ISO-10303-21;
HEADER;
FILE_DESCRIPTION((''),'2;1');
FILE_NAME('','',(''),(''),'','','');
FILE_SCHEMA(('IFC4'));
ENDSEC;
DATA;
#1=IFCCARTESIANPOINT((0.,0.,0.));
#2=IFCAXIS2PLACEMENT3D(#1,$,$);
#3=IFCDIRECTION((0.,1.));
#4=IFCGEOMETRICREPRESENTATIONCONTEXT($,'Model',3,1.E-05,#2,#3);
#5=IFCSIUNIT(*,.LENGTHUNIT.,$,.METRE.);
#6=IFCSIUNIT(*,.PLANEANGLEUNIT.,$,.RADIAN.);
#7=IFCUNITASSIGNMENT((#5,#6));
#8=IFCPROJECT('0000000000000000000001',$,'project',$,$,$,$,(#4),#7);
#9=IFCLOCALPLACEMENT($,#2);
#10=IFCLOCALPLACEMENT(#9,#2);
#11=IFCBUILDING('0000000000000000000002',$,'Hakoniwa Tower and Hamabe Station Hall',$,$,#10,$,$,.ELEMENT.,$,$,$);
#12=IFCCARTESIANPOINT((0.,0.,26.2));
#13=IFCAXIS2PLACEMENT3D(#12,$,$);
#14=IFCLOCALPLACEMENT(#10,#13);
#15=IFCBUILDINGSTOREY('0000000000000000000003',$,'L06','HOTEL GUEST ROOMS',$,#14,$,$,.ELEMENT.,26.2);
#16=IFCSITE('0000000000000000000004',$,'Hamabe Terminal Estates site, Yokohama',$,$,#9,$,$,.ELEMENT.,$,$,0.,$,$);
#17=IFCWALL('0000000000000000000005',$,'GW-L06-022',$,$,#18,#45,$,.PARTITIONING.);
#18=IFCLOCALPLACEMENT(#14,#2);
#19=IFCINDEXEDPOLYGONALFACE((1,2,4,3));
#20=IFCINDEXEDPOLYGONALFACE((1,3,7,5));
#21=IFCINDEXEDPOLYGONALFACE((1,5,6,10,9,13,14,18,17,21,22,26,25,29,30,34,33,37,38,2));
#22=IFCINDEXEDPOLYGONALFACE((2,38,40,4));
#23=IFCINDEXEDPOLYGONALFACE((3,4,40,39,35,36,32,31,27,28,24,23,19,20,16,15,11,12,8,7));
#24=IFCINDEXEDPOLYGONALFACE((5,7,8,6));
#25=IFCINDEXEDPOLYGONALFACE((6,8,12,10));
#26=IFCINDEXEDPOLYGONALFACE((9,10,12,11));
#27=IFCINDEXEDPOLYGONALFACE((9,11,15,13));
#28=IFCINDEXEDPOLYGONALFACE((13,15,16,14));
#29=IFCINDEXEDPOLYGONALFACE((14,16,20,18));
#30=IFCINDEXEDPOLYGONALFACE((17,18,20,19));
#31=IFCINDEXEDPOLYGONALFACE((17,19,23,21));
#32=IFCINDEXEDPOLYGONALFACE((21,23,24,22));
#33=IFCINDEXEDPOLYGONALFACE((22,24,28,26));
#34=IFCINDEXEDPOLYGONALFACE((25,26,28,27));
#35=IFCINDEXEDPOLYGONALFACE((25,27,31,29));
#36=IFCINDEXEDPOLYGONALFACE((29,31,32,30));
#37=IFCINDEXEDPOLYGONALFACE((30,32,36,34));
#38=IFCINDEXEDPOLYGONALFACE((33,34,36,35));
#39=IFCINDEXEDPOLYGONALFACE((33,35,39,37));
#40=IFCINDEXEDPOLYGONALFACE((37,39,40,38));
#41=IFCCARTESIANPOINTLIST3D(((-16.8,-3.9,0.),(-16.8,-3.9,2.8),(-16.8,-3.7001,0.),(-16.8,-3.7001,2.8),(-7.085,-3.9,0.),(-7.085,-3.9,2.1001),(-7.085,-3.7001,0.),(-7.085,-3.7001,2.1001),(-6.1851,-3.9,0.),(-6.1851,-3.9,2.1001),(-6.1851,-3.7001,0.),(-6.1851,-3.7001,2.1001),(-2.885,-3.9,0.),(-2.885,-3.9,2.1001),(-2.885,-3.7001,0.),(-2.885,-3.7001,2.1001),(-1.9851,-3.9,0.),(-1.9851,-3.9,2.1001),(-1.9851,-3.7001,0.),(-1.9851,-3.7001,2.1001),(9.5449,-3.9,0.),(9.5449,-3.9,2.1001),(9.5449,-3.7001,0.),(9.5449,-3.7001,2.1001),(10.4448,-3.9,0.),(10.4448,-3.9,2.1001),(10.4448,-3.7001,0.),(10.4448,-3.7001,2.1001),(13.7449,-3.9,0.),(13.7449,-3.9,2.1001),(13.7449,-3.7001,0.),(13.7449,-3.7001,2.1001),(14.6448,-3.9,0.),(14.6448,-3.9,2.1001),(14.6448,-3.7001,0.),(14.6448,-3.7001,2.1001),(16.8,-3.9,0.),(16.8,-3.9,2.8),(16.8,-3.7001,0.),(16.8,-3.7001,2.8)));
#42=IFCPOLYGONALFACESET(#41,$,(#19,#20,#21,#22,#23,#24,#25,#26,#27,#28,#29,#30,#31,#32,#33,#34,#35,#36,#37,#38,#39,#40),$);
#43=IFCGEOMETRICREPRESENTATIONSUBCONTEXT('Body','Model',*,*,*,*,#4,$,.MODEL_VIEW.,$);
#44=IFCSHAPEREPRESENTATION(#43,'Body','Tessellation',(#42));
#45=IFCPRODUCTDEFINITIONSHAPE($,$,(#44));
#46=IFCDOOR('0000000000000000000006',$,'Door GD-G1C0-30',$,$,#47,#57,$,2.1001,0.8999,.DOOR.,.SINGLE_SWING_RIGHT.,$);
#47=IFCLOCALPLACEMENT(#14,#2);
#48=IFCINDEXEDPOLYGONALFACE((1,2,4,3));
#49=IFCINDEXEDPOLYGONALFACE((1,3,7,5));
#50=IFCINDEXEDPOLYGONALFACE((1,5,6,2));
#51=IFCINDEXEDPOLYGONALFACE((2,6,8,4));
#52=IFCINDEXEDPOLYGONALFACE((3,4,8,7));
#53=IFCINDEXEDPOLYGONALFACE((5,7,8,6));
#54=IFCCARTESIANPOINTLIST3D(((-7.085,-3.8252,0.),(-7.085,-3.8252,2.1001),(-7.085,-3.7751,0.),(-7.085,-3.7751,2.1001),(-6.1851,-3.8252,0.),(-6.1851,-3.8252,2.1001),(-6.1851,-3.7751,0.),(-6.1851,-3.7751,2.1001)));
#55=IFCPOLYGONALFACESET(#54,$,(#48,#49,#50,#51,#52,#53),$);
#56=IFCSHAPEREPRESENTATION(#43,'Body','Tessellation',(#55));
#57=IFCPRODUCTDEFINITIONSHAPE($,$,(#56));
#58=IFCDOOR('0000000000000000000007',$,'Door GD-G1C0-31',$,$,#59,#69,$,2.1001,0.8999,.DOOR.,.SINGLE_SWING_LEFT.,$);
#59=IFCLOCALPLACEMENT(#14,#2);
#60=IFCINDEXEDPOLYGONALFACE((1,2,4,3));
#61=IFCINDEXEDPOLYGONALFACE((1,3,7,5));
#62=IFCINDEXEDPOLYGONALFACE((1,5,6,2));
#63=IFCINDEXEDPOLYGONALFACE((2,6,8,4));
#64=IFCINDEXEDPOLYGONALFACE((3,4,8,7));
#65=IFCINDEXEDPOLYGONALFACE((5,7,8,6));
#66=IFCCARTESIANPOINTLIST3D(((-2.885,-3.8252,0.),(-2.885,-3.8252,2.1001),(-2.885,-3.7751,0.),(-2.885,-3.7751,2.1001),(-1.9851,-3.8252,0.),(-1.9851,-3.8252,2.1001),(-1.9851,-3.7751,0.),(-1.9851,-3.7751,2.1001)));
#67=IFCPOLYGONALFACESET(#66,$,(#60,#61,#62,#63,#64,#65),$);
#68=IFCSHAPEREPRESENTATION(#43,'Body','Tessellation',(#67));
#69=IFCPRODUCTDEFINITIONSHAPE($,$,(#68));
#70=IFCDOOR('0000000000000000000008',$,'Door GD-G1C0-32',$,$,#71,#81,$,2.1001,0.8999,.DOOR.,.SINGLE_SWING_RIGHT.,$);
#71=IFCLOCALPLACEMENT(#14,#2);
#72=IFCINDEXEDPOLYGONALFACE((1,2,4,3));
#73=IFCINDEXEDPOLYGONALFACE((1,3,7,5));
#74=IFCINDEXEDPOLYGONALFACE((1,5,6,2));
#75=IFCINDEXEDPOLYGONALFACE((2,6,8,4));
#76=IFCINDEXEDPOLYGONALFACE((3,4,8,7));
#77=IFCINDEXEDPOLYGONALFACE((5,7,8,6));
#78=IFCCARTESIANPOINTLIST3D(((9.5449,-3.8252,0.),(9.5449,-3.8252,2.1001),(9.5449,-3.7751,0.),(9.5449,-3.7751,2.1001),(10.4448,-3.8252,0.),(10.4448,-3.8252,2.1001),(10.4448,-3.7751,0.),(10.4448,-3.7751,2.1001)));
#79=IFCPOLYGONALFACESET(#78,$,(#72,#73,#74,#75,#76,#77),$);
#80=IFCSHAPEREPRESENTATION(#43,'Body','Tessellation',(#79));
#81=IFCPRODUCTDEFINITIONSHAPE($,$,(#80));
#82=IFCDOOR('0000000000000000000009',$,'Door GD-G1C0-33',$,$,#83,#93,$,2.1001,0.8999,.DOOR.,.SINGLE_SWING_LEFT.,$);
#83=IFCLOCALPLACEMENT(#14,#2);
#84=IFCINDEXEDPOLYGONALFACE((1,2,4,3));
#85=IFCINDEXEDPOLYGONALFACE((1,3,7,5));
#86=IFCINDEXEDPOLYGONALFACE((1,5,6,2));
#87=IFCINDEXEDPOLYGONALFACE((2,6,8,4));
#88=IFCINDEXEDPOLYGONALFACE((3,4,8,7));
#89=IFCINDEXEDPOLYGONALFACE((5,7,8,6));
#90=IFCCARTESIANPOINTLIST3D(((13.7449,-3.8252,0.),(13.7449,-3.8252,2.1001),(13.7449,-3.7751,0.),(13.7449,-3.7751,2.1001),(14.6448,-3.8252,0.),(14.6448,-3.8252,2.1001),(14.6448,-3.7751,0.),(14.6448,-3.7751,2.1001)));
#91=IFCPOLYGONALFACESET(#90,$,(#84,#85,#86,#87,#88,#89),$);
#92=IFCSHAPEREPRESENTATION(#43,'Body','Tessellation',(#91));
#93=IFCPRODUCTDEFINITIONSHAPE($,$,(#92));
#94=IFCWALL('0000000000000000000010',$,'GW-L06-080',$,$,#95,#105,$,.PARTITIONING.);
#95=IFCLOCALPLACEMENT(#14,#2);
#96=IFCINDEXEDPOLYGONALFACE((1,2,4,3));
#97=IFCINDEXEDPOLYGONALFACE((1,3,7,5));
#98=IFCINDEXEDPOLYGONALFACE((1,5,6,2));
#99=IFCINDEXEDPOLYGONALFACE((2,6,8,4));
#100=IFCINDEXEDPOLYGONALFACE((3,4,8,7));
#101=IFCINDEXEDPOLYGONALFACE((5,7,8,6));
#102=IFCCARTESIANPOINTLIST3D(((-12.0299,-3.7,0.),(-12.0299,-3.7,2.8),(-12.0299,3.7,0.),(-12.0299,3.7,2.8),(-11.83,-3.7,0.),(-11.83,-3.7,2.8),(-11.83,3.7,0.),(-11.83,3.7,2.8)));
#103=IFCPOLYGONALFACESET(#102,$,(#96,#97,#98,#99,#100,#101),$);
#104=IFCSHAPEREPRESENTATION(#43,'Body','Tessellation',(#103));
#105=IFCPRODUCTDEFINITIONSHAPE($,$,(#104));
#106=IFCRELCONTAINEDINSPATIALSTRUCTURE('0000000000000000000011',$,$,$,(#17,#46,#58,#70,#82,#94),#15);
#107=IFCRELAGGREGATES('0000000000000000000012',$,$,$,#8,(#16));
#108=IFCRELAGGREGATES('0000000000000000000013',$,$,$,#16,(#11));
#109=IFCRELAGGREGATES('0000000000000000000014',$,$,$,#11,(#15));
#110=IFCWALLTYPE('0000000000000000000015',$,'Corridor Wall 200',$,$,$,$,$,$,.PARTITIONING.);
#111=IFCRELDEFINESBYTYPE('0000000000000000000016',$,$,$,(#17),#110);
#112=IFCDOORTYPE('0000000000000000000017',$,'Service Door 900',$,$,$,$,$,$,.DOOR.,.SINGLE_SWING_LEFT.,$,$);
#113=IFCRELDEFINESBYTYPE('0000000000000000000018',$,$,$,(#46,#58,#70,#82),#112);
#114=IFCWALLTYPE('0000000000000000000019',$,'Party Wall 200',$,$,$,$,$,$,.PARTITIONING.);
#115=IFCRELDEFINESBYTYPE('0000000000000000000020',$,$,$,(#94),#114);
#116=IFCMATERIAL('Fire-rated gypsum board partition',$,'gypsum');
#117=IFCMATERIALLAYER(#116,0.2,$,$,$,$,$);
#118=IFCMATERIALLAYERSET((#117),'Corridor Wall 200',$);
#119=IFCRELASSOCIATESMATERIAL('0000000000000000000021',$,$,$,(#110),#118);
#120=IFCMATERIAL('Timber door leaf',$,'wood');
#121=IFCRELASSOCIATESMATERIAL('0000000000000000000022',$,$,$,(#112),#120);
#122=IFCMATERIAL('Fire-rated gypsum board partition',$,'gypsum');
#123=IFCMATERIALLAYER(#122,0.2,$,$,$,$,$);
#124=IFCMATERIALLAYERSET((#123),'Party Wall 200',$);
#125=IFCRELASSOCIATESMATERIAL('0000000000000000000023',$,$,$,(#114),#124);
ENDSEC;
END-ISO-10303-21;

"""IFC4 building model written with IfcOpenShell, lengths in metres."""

from ifc_helpers import new_model, si_unit, direction, frame, frame_2d, origin, place, context, subcontext, project, spatial, rectangle, extrude, material, layer, layer_set, type_object, element, fill, save


model = new_model("IFC4")

# Units and contexts
model_context = context("Model", 3, precision=1e-05, world=origin(), true_north=direction((0.0, 1.0)))
body_context = subcontext(model_context, "Body", "Model", "MODEL_VIEW")
ifc_project = project(units=[si_unit("LENGTHUNIT", "METRE"), si_unit("PLANEANGLEUNIT", "RADIAN")], contexts=[model_context])

# Site, building, storey
site_placement = place(None, origin())
site = spatial("IfcSite", under=ifc_project, at=site_placement, Name="Hamabe Terminal Estates site, Yokohama", CompositionType="ELEMENT", RefElevation=0.0)
building_placement = place(site_placement, origin())
building = spatial("IfcBuilding", under=site, at=building_placement, Name="Hakoniwa Tower and Hamabe Station Hall", CompositionType="ELEMENT")
storey_placement = place(building_placement, frame((0.0, 0.0, 26.2)))
storey = spatial("IfcBuildingStorey", under=building, at=storey_placement, Name="L06", Description="HOTEL GUEST ROOMS", CompositionType="ELEMENT", Elevation=26.2)

# Wall, openings, doors
ifc_material_1 = material(Name="Fire-rated gypsum board partition", Category="gypsum")
ifc_layer_1 = layer(ifc_material_1, 0.2)
ifc_layer_set_1 = layer_set([ifc_layer_1], Name="Corridor Wall 200")
wall_type_1 = type_object("IfcWallType", Name="Corridor Wall 200", PredefinedType="PARTITIONING", material=ifc_layer_set_1)
ifc_material_2 = material(Name="Timber door leaf", Category="wood")
door_type_1 = type_object("IfcDoorType", Name="Service Door 900", OperationType="SINGLE_SWING_LEFT", PredefinedType="DOOR", material=ifc_material_2)
wall_1_placement = place(storey_placement, frame((-16.8, -3.8, 0.0), z_axis=(0.0, 0.0, 1.0), x_axis=(1.0, 0.0, 0.0)))
wall_1 = element("IfcWall", 1, at=wall_1_placement, inside=storey, type_object=wall_type_1, Name="GW-L06-022", PredefinedType="PARTITIONING", context=body_context, shape_type="SweptSolid", body=[
    extrude(rectangle(XDim=33.6001, YDim=0.2, at=frame_2d((16.8, 0.0))), origin(), (0.0, 0.0, 1.0), 2.8),
])
opening_1_placement = place(wall_1_placement, frame((9.7151, 0.0, 0.0)))
opening_1 = element("IfcOpeningElement", 2, at=opening_1_placement, cuts=wall_1, PredefinedType="OPENING", context=body_context, shape_type="SweptSolid", body=[
    extrude(rectangle(XDim=0.8999, YDim=2.1001, at=frame_2d((0.45, 1.05))), frame((0.0, 0.1099, 0.0), z_axis=(0.0, -1.0, 0.0), x_axis=(1.0, 0.0, 0.0)), (0.0, 0.0, 1.0), 0.22),
])
opening_2_placement = place(wall_1_placement, frame((13.915, 0.0, 0.0)))
opening_2 = element("IfcOpeningElement", 3, at=opening_2_placement, cuts=wall_1, PredefinedType="OPENING", context=body_context, shape_type="SweptSolid", body=[
    extrude(rectangle(XDim=0.8999, YDim=2.1001, at=frame_2d((0.45, 1.05))), frame((0.0, 0.1099, 0.0), z_axis=(0.0, -1.0, 0.0), x_axis=(1.0, 0.0, 0.0)), (0.0, 0.0, 1.0), 0.22),
])
opening_3_placement = place(wall_1_placement, frame((26.345, 0.0, 0.0)))
opening_3 = element("IfcOpeningElement", 4, at=opening_3_placement, cuts=wall_1, PredefinedType="OPENING", context=body_context, shape_type="SweptSolid", body=[
    extrude(rectangle(XDim=0.8999, YDim=2.1001, at=frame_2d((0.45, 1.05))), frame((0.0, 0.1099, 0.0), z_axis=(0.0, -1.0, 0.0), x_axis=(1.0, 0.0, 0.0)), (0.0, 0.0, 1.0), 0.22),
])
opening_4_placement = place(wall_1_placement, frame((30.5449, 0.0, 0.0)))
opening_4 = element("IfcOpeningElement", 5, at=opening_4_placement, cuts=wall_1, PredefinedType="OPENING", context=body_context, shape_type="SweptSolid", body=[
    extrude(rectangle(XDim=0.8999, YDim=2.1001, at=frame_2d((0.45, 1.05))), frame((0.0, 0.1099, 0.0), z_axis=(0.0, -1.0, 0.0), x_axis=(1.0, 0.0, 0.0)), (0.0, 0.0, 1.0), 0.22),
])
door_1_placement = place(opening_1_placement, origin())
door_1 = element("IfcDoor", 6, at=door_1_placement, inside=storey, type_object=door_type_1, Name="Door GD-G1C0-30", OperationType="SINGLE_SWING_RIGHT", OverallHeight=2.1001, OverallWidth=0.8999, PredefinedType="DOOR", context=body_context, shape_type="SweptSolid", body=[
    extrude(rectangle(XDim=0.8999, YDim=2.1001, at=frame_2d((0.45, 1.05))), frame((0.0, 0.0249, 0.0), z_axis=(0.0, -1.0, 0.0), x_axis=(1.0, 0.0, 0.0)), (0.0, 0.0, 1.0), 0.05),
])
fill(opening_1, door_1)
door_2_placement = place(opening_2_placement, origin())
door_2 = element("IfcDoor", 7, at=door_2_placement, inside=storey, type_object=door_type_1, Name="Door GD-G1C0-31", OperationType="SINGLE_SWING_LEFT", OverallHeight=2.1001, OverallWidth=0.8999, PredefinedType="DOOR", context=body_context, shape_type="SweptSolid", body=[
    extrude(rectangle(XDim=0.8999, YDim=2.1001, at=frame_2d((0.45, 1.05))), frame((0.0, 0.0249, 0.0), z_axis=(0.0, -1.0, 0.0), x_axis=(1.0, 0.0, 0.0)), (0.0, 0.0, 1.0), 0.05),
])
fill(opening_2, door_2)
door_3_placement = place(opening_3_placement, origin())
door_3 = element("IfcDoor", 8, at=door_3_placement, inside=storey, type_object=door_type_1, Name="Door GD-G1C0-32", OperationType="SINGLE_SWING_RIGHT", OverallHeight=2.1001, OverallWidth=0.8999, PredefinedType="DOOR", context=body_context, shape_type="SweptSolid", body=[
    extrude(rectangle(XDim=0.8999, YDim=2.1001, at=frame_2d((0.45, 1.05))), frame((0.0, 0.0249, 0.0), z_axis=(0.0, -1.0, 0.0), x_axis=(1.0, 0.0, 0.0)), (0.0, 0.0, 1.0), 0.05),
])
fill(opening_3, door_3)
door_4_placement = place(opening_4_placement, origin())
door_4 = element("IfcDoor", 9, at=door_4_placement, inside=storey, type_object=door_type_1, Name="Door GD-G1C0-33", OperationType="SINGLE_SWING_LEFT", OverallHeight=2.1001, OverallWidth=0.8999, PredefinedType="DOOR", context=body_context, shape_type="SweptSolid", body=[
    extrude(rectangle(XDim=0.8999, YDim=2.1001, at=frame_2d((0.45, 1.05))), frame((0.0, 0.0249, 0.0), z_axis=(0.0, -1.0, 0.0), x_axis=(1.0, 0.0, 0.0)), (0.0, 0.0, 1.0), 0.05),
])
fill(opening_4, door_4)

# Wall
ifc_material_3 = material(Name="Fire-rated gypsum board partition", Category="gypsum")
ifc_layer_2 = layer(ifc_material_3, 0.2)
ifc_layer_set_2 = layer_set([ifc_layer_2], Name="Party Wall 200")
wall_type_2 = type_object("IfcWallType", Name="Party Wall 200", PredefinedType="PARTITIONING", material=ifc_layer_set_2)
wall_2_placement = place(storey_placement, frame((-11.9299, -3.7, 0.0), z_axis=(0.0, 0.0, 1.0), x_axis=(0.0, 1.0, 0.0)))
element("IfcWall", 10, at=wall_2_placement, inside=storey, type_object=wall_type_2, Name="GW-L06-080", PredefinedType="PARTITIONING", context=body_context, shape_type="SweptSolid", body=[
    extrude(rectangle(XDim=7.3999, YDim=0.2, at=frame_2d((3.7, 0.0))), origin(), (0.0, 0.0, 1.0), 2.8),
])

save(model, "model.ifc")
